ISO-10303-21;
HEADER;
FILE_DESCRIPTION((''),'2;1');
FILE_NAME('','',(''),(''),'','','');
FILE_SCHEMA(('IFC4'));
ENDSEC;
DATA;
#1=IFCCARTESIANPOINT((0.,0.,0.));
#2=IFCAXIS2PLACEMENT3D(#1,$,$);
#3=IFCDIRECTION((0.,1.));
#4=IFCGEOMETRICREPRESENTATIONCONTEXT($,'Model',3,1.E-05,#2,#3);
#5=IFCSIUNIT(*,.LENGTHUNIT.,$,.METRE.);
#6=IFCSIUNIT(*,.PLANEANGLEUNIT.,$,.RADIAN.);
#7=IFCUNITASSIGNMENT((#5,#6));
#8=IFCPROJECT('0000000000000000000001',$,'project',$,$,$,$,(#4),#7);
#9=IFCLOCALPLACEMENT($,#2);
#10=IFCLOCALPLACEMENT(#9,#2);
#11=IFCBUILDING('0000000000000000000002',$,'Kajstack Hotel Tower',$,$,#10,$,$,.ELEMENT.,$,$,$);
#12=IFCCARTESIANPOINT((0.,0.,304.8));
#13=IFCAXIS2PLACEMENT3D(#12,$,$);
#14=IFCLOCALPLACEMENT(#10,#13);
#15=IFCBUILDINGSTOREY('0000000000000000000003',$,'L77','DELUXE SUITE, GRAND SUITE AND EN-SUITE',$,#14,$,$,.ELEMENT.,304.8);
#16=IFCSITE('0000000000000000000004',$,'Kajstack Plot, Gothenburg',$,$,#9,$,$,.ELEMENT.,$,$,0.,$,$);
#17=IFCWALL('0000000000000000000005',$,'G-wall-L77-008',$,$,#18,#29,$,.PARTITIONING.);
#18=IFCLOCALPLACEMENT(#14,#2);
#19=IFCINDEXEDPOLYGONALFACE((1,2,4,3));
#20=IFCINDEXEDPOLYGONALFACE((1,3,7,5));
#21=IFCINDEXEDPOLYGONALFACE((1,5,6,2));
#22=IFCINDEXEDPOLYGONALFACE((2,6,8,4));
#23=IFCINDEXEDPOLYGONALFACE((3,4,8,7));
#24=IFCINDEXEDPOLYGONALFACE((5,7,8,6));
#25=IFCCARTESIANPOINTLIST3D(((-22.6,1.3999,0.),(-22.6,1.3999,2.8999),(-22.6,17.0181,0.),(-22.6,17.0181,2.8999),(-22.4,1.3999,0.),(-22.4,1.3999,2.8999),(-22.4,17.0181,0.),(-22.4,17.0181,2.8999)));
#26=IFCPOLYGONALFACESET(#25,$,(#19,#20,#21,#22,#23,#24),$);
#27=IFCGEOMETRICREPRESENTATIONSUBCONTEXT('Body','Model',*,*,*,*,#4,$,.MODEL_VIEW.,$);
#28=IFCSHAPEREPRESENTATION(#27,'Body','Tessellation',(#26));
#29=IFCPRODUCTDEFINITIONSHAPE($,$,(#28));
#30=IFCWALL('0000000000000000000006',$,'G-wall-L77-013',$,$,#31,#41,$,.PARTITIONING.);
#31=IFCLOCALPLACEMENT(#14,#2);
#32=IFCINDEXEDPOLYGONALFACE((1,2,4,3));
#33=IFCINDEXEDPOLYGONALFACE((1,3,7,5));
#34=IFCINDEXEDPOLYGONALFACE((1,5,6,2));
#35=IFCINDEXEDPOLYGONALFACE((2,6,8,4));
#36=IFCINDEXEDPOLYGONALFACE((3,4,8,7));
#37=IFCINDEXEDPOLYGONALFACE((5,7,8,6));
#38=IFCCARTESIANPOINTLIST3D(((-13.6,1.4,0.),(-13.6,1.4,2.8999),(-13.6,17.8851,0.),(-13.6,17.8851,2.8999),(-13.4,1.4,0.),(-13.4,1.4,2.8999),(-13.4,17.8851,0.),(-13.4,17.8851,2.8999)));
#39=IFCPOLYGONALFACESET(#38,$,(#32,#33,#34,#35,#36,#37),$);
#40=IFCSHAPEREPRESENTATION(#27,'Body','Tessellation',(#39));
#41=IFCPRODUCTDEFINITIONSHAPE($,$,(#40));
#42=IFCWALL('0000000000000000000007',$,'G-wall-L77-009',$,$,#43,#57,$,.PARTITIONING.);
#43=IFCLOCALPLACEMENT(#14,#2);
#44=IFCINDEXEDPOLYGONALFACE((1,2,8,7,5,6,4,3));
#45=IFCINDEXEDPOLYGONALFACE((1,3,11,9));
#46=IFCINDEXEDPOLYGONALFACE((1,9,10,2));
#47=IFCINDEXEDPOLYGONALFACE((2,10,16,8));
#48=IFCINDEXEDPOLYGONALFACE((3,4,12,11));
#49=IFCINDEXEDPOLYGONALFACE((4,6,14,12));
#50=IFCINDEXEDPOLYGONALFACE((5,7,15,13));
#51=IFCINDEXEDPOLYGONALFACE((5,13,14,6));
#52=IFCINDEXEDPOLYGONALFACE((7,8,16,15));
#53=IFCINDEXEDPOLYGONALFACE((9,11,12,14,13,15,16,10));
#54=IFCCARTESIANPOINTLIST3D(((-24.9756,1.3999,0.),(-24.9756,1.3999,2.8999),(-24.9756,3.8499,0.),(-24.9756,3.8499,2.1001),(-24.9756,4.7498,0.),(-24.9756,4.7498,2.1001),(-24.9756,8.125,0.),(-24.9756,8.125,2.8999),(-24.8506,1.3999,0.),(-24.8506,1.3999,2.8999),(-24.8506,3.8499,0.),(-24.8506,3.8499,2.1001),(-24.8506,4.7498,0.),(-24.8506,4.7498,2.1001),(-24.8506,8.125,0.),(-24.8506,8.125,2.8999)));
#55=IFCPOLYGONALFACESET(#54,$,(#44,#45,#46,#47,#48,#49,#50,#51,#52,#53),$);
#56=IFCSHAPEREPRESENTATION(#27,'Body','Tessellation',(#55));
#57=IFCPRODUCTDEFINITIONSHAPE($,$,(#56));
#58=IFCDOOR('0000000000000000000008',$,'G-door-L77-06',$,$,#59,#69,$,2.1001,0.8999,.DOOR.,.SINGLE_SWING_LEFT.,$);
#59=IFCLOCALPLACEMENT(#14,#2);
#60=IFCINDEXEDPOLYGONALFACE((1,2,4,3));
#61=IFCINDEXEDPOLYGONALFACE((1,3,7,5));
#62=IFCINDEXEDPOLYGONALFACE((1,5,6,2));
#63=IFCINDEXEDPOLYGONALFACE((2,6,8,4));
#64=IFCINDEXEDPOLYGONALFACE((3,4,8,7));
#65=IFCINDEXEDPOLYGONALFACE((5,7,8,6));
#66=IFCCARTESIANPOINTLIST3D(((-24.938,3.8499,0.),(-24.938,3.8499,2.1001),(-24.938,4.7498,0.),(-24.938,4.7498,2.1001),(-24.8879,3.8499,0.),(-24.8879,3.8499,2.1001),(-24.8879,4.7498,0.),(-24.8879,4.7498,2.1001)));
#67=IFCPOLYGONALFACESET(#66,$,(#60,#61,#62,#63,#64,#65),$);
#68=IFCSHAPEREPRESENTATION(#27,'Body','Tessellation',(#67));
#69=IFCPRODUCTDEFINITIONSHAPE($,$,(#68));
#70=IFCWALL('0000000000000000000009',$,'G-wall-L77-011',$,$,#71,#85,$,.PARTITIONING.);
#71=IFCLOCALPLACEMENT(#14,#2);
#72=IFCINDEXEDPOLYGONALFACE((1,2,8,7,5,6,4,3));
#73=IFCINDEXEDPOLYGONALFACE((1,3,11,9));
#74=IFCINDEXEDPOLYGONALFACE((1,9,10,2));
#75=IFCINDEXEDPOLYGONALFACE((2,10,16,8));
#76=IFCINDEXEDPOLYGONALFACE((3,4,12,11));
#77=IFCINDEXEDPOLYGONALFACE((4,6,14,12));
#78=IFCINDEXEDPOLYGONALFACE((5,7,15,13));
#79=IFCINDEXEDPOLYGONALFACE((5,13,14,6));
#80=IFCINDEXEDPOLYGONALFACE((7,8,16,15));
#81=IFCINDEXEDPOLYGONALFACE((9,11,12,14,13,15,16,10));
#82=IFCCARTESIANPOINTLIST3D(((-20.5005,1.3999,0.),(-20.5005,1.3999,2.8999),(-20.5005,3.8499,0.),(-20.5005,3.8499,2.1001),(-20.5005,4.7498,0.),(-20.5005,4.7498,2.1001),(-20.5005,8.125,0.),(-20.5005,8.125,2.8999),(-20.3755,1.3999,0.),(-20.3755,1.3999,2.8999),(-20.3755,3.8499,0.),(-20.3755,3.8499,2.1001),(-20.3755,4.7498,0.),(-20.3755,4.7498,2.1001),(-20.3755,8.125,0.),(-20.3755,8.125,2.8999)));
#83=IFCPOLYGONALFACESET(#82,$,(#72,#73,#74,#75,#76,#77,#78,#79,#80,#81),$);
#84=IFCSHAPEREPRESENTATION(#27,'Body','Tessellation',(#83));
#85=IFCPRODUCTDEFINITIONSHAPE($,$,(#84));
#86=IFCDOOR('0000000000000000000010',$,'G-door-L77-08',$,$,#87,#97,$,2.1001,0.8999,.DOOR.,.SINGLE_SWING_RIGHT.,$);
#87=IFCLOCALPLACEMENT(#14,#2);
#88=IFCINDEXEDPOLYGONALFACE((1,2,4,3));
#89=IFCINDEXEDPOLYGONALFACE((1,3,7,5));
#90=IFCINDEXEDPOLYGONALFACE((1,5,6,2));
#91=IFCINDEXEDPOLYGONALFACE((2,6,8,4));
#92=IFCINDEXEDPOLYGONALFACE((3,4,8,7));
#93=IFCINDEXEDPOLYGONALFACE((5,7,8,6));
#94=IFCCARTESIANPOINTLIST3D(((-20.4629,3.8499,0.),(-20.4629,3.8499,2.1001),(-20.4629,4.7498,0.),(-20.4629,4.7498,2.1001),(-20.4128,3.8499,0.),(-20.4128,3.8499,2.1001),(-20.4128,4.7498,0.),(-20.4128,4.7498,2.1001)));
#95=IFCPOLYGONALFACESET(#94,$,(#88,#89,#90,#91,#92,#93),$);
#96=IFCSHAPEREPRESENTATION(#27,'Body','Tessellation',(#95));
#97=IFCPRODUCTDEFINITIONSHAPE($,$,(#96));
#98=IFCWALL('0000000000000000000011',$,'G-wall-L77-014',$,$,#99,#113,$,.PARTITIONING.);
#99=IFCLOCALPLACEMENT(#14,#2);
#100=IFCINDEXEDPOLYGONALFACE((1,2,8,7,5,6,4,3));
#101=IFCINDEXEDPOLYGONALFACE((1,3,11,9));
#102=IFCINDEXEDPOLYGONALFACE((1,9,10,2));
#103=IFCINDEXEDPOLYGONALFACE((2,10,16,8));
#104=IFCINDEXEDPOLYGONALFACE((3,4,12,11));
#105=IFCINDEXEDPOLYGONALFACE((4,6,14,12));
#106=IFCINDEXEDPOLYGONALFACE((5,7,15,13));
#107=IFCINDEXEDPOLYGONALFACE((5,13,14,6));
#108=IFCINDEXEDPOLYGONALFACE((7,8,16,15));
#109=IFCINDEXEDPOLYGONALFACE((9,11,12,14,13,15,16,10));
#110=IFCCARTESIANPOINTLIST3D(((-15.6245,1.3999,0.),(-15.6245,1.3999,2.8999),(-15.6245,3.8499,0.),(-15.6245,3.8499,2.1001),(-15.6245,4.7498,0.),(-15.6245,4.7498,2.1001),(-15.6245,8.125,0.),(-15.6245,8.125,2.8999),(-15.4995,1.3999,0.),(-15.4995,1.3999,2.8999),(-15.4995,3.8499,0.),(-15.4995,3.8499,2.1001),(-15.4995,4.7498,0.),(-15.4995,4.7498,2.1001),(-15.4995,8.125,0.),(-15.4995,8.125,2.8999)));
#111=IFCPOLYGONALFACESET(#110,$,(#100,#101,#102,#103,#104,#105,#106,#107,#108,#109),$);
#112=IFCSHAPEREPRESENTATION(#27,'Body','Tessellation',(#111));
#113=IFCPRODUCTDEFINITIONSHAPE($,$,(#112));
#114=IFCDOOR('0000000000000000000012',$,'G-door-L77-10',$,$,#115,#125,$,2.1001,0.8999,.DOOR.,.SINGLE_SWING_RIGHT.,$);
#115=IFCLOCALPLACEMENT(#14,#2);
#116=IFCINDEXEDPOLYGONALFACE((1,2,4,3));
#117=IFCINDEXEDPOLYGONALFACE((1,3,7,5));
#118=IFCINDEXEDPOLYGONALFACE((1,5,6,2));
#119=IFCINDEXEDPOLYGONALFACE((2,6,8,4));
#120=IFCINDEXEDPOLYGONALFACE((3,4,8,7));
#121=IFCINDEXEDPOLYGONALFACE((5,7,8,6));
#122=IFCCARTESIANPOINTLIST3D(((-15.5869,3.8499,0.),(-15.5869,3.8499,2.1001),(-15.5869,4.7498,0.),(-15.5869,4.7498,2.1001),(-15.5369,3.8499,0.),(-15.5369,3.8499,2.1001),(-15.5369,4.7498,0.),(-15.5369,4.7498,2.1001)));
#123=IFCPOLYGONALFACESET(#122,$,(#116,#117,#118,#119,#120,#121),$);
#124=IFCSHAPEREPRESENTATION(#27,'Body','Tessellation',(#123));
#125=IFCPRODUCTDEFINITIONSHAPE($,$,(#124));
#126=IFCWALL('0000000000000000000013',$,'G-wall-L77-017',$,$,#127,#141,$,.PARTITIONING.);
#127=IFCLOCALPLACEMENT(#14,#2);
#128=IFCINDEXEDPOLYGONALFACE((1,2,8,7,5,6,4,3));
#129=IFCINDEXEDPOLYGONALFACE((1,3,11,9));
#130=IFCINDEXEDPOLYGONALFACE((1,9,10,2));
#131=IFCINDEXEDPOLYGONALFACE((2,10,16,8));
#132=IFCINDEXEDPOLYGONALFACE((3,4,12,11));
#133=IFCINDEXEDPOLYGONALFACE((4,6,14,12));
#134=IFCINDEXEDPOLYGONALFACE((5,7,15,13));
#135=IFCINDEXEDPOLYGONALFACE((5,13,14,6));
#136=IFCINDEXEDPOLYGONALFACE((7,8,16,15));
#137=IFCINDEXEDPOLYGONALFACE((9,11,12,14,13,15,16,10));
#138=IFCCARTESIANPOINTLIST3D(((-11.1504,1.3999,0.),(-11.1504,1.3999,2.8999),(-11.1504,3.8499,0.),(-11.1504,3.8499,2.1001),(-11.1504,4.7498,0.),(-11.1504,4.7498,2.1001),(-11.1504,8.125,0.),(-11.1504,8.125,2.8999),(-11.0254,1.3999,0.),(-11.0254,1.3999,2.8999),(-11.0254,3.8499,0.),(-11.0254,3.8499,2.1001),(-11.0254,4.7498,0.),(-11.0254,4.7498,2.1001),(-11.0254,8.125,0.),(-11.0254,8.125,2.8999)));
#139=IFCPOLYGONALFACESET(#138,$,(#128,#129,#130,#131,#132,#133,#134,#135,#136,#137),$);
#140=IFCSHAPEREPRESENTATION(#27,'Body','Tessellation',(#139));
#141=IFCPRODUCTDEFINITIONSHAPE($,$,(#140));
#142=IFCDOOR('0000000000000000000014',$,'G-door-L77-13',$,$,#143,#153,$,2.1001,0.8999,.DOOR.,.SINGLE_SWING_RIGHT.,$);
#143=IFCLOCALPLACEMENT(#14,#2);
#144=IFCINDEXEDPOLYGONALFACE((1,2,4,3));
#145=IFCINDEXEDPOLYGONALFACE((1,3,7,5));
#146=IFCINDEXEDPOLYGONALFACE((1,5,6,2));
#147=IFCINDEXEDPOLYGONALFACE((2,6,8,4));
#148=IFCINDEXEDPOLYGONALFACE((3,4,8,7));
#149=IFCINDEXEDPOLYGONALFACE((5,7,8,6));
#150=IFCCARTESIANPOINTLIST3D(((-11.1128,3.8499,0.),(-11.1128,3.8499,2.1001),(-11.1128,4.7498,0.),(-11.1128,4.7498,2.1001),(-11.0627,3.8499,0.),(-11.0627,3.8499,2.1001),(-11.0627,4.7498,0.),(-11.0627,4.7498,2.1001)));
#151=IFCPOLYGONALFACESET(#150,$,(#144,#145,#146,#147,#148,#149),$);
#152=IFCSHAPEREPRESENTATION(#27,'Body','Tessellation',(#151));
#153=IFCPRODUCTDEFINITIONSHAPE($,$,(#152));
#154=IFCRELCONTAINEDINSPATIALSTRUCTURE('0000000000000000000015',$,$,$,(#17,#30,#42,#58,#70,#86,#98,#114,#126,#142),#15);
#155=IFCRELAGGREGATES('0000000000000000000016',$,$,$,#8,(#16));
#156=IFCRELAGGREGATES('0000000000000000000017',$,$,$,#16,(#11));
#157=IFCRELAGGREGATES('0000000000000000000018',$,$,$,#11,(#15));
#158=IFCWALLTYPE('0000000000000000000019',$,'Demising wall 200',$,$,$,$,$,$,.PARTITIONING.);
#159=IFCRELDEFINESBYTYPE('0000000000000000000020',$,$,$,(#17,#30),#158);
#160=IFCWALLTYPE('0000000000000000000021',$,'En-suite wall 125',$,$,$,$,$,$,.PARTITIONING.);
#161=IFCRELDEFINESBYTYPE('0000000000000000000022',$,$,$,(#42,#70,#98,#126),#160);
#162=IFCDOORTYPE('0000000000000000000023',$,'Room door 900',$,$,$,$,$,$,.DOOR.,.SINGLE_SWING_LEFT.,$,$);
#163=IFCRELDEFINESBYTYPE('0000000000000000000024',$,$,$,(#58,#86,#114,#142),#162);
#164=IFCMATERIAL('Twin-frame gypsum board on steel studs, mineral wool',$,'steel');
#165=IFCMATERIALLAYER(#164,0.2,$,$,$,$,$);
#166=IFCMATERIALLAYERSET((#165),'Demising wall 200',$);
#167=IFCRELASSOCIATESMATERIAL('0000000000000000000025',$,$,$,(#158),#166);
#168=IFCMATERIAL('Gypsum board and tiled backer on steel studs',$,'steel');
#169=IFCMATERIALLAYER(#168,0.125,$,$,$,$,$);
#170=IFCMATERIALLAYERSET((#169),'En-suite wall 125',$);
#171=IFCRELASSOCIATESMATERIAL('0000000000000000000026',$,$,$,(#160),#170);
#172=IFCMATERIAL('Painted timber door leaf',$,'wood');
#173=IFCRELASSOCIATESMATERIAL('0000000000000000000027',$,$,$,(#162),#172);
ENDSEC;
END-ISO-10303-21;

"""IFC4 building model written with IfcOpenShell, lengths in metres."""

from ifc_helpers import new_model, si_unit, direction, frame, frame_2d, origin, place, context, subcontext, project, spatial, rectangle, extrude, material, layer, layer_set, type_object, element, fill, save


model = new_model("IFC4")

# Units and contexts
model_context = context("Model", 3, precision=1e-05, world=origin(), true_north=direction((0.0, 1.0)))
body_context = subcontext(model_context, "Body", "Model", "MODEL_VIEW")
ifc_project = project(units=[si_unit("LENGTHUNIT", "METRE"), si_unit("PLANEANGLEUNIT", "RADIAN")], contexts=[model_context])

# Site, building, storey
site_placement = place(None, origin())
site = spatial("IfcSite", under=ifc_project, at=site_placement, Name="Kajstack Plot, Gothenburg", CompositionType="ELEMENT", RefElevation=0.0)
building_placement = place(site_placement, origin())
building = spatial("IfcBuilding", under=site, at=building_placement, Name="Kajstack Hotel Tower", CompositionType="ELEMENT")
storey_placement = place(building_placement, frame((0.0, 0.0, 304.8)))
storey = spatial("IfcBuildingStorey", under=building, at=storey_placement, Name="L77", Description="DELUXE SUITE, GRAND SUITE AND EN-SUITE", CompositionType="ELEMENT", Elevation=304.8)

# Walls
ifc_material_1 = material(Name="Twin-frame gypsum board on steel studs, mineral wool", Category="steel")
ifc_layer_1 = layer(ifc_material_1, 0.2)
ifc_layer_set_1 = layer_set([ifc_layer_1], Name="Demising wall 200")
wall_type_1 = type_object("IfcWallType", Name="Demising wall 200", PredefinedType="PARTITIONING", material=ifc_layer_set_1)
wall_1_placement = place(storey_placement, frame((-22.5, 1.3999, 0.0), z_axis=(0.0, 0.0, 1.0), x_axis=(0.0, 1.0, 0.0)))
element("IfcWall", 1, at=wall_1_placement, inside=storey, type_object=wall_type_1, Name="G-wall-L77-008", PredefinedType="PARTITIONING", context=body_context, shape_type="SweptSolid", body=[
    extrude(rectangle(XDim=15.6182, YDim=0.2, at=frame_2d((7.8091, 0.0))), origin(), (0.0, 0.0, 1.0), 2.8999),
])
wall_2_placement = place(storey_placement, frame((-13.5, 1.3999, 0.0), z_axis=(0.0, 0.0, 1.0), x_axis=(0.0, 1.0, 0.0)))
element("IfcWall", 2, at=wall_2_placement, inside=storey, type_object=wall_type_1, Name="G-wall-L77-013", PredefinedType="PARTITIONING", context=body_context, shape_type="SweptSolid", body=[
    extrude(rectangle(XDim=16.4851, YDim=0.2, at=frame_2d((8.2427, 0.0))), origin(), (0.0, 0.0, 1.0), 2.8999),
])

# Walls, openings, doors
ifc_material_2 = material(Name="Gypsum board and tiled backer on steel studs", Category="steel")
ifc_layer_2 = layer(ifc_material_2, 0.125)
ifc_layer_set_2 = layer_set([ifc_layer_2], Name="En-suite wall 125")
wall_type_2 = type_object("IfcWallType", Name="En-suite wall 125", PredefinedType="PARTITIONING", material=ifc_layer_set_2)
wall_3_placement = place(storey_placement, frame((-24.9131, 1.3999, 0.0), z_axis=(0.0, 0.0, 1.0), x_axis=(0.0, 1.0, 0.0)))
wall_3 = element("IfcWall", 3, at=wall_3_placement, inside=storey, type_object=wall_type_2, Name="G-wall-L77-009", PredefinedType="PARTITIONING", context=body_context, shape_type="SweptSolid", body=[
    extrude(rectangle(XDim=6.7251, YDim=0.125, at=frame_2d((3.3625, 0.0))), origin(), (0.0, 0.0, 1.0), 2.8999),
])
opening_1_placement = place(wall_3_placement, frame((2.45, 0.0, 0.0)))
opening_1 = element("IfcOpeningElement", 4, at=opening_1_placement, cuts=wall_3, PredefinedType="OPENING", context=body_context, shape_type="SweptSolid", body=[
    extrude(rectangle(XDim=0.8999, YDim=2.1001, at=frame_2d((0.45, 1.05))), frame((0.0, 0.0725, 0.0), z_axis=(0.0, -1.0, 0.0), x_axis=(1.0, 0.0, 0.0)), (0.0, 0.0, 1.0), 0.145),
])
ifc_material_3 = material(Name="Painted timber door leaf", Category="wood")
door_type_1 = type_object("IfcDoorType", Name="Room door 900", OperationType="SINGLE_SWING_LEFT", PredefinedType="DOOR", material=ifc_material_3)
door_1_placement = place(opening_1_placement, origin())
door_1 = element("IfcDoor", 5, at=door_1_placement, inside=storey, type_object=door_type_1, Name="G-door-L77-06", OperationType="SINGLE_SWING_LEFT", OverallHeight=2.1001, OverallWidth=0.8999, PredefinedType="DOOR", context=body_context, shape_type="SweptSolid", body=[
    extrude(rectangle(XDim=0.8999, YDim=2.1001, at=frame_2d((0.45, 1.05))), frame((0.0, 0.0249, 0.0), z_axis=(0.0, -1.0, 0.0), x_axis=(1.0, 0.0, 0.0)), (0.0, 0.0, 1.0), 0.05),
])
fill(opening_1, door_1)
wall_4_placement = place(storey_placement, frame((-20.438, 1.3999, 0.0), z_axis=(0.0, 0.0, 1.0), x_axis=(0.0, 1.0, 0.0)))
wall_4 = element("IfcWall", 6, at=wall_4_placement, inside=storey, type_object=wall_type_2, Name="G-wall-L77-011", PredefinedType="PARTITIONING", context=body_context, shape_type="SweptSolid", body=[
    extrude(rectangle(XDim=6.7251, YDim=0.125, at=frame_2d((3.3625, 0.0))), origin(), (0.0, 0.0, 1.0), 2.8999),
])
opening_2_placement = place(wall_4_placement, frame((2.45, 0.0, 0.0)))
opening_2 = element("IfcOpeningElement", 7, at=opening_2_placement, cuts=wall_4, PredefinedType="OPENING", context=body_context, shape_type="SweptSolid", body=[
    extrude(rectangle(XDim=0.8999, YDim=2.1001, at=frame_2d((0.45, 1.05))), frame((0.0, 0.0725, 0.0), z_axis=(0.0, -1.0, 0.0), x_axis=(1.0, 0.0, 0.0)), (0.0, 0.0, 1.0), 0.145),
])
door_2_placement = place(opening_2_placement, origin())
door_2 = element("IfcDoor", 8, at=door_2_placement, inside=storey, type_object=door_type_1, Name="G-door-L77-08", OperationType="SINGLE_SWING_RIGHT", OverallHeight=2.1001, OverallWidth=0.8999, PredefinedType="DOOR", context=body_context, shape_type="SweptSolid", body=[
    extrude(rectangle(XDim=0.8999, YDim=2.1001, at=frame_2d((0.45, 1.05))), frame((0.0, 0.0249, 0.0), z_axis=(0.0, -1.0, 0.0), x_axis=(1.0, 0.0, 0.0)), (0.0, 0.0, 1.0), 0.05),
])
fill(opening_2, door_2)
wall_5_placement = place(storey_placement, frame((-15.562, 1.3999, 0.0), z_axis=(0.0, 0.0, 1.0), x_axis=(0.0, 1.0, 0.0)))
wall_5 = element("IfcWall", 9, at=wall_5_placement, inside=storey, type_object=wall_type_2, Name="G-wall-L77-014", PredefinedType="PARTITIONING", context=body_context, shape_type="SweptSolid", body=[
    extrude(rectangle(XDim=6.7251, YDim=0.125, at=frame_2d((3.3625, 0.0))), origin(), (0.0, 0.0, 1.0), 2.8999),
])
opening_3_placement = place(wall_5_placement, frame((2.45, 0.0, 0.0)))
opening_3 = element("IfcOpeningElement", 10, at=opening_3_placement, cuts=wall_5, PredefinedType="OPENING", context=body_context, shape_type="SweptSolid", body=[
    extrude(rectangle(XDim=0.8999, YDim=2.1001, at=frame_2d((0.45, 1.05))), frame((0.0, 0.0725, 0.0), z_axis=(0.0, -1.0, 0.0), x_axis=(1.0, 0.0, 0.0)), (0.0, 0.0, 1.0), 0.145),
])
door_3_placement = place(opening_3_placement, origin())
door_3 = element("IfcDoor", 11, at=door_3_placement, inside=storey, type_object=door_type_1, Name="G-door-L77-10", OperationType="SINGLE_SWING_RIGHT", OverallHeight=2.1001, OverallWidth=0.8999, PredefinedType="DOOR", context=body_context, shape_type="SweptSolid", body=[
    extrude(rectangle(XDim=0.8999, YDim=2.1001, at=frame_2d((0.45, 1.05))), frame((0.0, 0.0249, 0.0), z_axis=(0.0, -1.0, 0.0), x_axis=(1.0, 0.0, 0.0)), (0.0, 0.0, 1.0), 0.05),
])
fill(opening_3, door_3)
wall_6_placement = place(storey_placement, frame((-11.0879, 1.3999, 0.0), z_axis=(0.0, 0.0, 1.0), x_axis=(0.0, 1.0, 0.0)))
wall_6 = element("IfcWall", 12, at=wall_6_placement, inside=storey, type_object=wall_type_2, Name="G-wall-L77-017", PredefinedType="PARTITIONING", context=body_context, shape_type="SweptSolid", body=[
    extrude(rectangle(XDim=6.7251, YDim=0.125, at=frame_2d((3.3625, 0.0))), origin(), (0.0, 0.0, 1.0), 2.8999),
])
opening_4_placement = place(wall_6_placement, frame((2.45, 0.0, 0.0)))
opening_4 = element("IfcOpeningElement", 13, at=opening_4_placement, cuts=wall_6, PredefinedType="OPENING", context=body_context, shape_type="SweptSolid", body=[
    extrude(rectangle(XDim=0.8999, YDim=2.1001, at=frame_2d((0.45, 1.05))), frame((0.0, 0.0725, 0.0), z_axis=(0.0, -1.0, 0.0), x_axis=(1.0, 0.0, 0.0)), (0.0, 0.0, 1.0), 0.145),
])
door_4_placement = place(opening_4_placement, origin())
door_4 = element("IfcDoor", 14, at=door_4_placement, inside=storey, type_object=door_type_1, Name="G-door-L77-13", OperationType="SINGLE_SWING_RIGHT", OverallHeight=2.1001, OverallWidth=0.8999, PredefinedType="DOOR", context=body_context, shape_type="SweptSolid", body=[
    extrude(rectangle(XDim=0.8999, YDim=2.1001, at=frame_2d((0.45, 1.05))), frame((0.0, 0.0249, 0.0), z_axis=(0.0, -1.0, 0.0), x_axis=(1.0, 0.0, 0.0)), (0.0, 0.0, 1.0), 0.05),
])
fill(opening_4, door_4)

save(model, "model.ifc")
